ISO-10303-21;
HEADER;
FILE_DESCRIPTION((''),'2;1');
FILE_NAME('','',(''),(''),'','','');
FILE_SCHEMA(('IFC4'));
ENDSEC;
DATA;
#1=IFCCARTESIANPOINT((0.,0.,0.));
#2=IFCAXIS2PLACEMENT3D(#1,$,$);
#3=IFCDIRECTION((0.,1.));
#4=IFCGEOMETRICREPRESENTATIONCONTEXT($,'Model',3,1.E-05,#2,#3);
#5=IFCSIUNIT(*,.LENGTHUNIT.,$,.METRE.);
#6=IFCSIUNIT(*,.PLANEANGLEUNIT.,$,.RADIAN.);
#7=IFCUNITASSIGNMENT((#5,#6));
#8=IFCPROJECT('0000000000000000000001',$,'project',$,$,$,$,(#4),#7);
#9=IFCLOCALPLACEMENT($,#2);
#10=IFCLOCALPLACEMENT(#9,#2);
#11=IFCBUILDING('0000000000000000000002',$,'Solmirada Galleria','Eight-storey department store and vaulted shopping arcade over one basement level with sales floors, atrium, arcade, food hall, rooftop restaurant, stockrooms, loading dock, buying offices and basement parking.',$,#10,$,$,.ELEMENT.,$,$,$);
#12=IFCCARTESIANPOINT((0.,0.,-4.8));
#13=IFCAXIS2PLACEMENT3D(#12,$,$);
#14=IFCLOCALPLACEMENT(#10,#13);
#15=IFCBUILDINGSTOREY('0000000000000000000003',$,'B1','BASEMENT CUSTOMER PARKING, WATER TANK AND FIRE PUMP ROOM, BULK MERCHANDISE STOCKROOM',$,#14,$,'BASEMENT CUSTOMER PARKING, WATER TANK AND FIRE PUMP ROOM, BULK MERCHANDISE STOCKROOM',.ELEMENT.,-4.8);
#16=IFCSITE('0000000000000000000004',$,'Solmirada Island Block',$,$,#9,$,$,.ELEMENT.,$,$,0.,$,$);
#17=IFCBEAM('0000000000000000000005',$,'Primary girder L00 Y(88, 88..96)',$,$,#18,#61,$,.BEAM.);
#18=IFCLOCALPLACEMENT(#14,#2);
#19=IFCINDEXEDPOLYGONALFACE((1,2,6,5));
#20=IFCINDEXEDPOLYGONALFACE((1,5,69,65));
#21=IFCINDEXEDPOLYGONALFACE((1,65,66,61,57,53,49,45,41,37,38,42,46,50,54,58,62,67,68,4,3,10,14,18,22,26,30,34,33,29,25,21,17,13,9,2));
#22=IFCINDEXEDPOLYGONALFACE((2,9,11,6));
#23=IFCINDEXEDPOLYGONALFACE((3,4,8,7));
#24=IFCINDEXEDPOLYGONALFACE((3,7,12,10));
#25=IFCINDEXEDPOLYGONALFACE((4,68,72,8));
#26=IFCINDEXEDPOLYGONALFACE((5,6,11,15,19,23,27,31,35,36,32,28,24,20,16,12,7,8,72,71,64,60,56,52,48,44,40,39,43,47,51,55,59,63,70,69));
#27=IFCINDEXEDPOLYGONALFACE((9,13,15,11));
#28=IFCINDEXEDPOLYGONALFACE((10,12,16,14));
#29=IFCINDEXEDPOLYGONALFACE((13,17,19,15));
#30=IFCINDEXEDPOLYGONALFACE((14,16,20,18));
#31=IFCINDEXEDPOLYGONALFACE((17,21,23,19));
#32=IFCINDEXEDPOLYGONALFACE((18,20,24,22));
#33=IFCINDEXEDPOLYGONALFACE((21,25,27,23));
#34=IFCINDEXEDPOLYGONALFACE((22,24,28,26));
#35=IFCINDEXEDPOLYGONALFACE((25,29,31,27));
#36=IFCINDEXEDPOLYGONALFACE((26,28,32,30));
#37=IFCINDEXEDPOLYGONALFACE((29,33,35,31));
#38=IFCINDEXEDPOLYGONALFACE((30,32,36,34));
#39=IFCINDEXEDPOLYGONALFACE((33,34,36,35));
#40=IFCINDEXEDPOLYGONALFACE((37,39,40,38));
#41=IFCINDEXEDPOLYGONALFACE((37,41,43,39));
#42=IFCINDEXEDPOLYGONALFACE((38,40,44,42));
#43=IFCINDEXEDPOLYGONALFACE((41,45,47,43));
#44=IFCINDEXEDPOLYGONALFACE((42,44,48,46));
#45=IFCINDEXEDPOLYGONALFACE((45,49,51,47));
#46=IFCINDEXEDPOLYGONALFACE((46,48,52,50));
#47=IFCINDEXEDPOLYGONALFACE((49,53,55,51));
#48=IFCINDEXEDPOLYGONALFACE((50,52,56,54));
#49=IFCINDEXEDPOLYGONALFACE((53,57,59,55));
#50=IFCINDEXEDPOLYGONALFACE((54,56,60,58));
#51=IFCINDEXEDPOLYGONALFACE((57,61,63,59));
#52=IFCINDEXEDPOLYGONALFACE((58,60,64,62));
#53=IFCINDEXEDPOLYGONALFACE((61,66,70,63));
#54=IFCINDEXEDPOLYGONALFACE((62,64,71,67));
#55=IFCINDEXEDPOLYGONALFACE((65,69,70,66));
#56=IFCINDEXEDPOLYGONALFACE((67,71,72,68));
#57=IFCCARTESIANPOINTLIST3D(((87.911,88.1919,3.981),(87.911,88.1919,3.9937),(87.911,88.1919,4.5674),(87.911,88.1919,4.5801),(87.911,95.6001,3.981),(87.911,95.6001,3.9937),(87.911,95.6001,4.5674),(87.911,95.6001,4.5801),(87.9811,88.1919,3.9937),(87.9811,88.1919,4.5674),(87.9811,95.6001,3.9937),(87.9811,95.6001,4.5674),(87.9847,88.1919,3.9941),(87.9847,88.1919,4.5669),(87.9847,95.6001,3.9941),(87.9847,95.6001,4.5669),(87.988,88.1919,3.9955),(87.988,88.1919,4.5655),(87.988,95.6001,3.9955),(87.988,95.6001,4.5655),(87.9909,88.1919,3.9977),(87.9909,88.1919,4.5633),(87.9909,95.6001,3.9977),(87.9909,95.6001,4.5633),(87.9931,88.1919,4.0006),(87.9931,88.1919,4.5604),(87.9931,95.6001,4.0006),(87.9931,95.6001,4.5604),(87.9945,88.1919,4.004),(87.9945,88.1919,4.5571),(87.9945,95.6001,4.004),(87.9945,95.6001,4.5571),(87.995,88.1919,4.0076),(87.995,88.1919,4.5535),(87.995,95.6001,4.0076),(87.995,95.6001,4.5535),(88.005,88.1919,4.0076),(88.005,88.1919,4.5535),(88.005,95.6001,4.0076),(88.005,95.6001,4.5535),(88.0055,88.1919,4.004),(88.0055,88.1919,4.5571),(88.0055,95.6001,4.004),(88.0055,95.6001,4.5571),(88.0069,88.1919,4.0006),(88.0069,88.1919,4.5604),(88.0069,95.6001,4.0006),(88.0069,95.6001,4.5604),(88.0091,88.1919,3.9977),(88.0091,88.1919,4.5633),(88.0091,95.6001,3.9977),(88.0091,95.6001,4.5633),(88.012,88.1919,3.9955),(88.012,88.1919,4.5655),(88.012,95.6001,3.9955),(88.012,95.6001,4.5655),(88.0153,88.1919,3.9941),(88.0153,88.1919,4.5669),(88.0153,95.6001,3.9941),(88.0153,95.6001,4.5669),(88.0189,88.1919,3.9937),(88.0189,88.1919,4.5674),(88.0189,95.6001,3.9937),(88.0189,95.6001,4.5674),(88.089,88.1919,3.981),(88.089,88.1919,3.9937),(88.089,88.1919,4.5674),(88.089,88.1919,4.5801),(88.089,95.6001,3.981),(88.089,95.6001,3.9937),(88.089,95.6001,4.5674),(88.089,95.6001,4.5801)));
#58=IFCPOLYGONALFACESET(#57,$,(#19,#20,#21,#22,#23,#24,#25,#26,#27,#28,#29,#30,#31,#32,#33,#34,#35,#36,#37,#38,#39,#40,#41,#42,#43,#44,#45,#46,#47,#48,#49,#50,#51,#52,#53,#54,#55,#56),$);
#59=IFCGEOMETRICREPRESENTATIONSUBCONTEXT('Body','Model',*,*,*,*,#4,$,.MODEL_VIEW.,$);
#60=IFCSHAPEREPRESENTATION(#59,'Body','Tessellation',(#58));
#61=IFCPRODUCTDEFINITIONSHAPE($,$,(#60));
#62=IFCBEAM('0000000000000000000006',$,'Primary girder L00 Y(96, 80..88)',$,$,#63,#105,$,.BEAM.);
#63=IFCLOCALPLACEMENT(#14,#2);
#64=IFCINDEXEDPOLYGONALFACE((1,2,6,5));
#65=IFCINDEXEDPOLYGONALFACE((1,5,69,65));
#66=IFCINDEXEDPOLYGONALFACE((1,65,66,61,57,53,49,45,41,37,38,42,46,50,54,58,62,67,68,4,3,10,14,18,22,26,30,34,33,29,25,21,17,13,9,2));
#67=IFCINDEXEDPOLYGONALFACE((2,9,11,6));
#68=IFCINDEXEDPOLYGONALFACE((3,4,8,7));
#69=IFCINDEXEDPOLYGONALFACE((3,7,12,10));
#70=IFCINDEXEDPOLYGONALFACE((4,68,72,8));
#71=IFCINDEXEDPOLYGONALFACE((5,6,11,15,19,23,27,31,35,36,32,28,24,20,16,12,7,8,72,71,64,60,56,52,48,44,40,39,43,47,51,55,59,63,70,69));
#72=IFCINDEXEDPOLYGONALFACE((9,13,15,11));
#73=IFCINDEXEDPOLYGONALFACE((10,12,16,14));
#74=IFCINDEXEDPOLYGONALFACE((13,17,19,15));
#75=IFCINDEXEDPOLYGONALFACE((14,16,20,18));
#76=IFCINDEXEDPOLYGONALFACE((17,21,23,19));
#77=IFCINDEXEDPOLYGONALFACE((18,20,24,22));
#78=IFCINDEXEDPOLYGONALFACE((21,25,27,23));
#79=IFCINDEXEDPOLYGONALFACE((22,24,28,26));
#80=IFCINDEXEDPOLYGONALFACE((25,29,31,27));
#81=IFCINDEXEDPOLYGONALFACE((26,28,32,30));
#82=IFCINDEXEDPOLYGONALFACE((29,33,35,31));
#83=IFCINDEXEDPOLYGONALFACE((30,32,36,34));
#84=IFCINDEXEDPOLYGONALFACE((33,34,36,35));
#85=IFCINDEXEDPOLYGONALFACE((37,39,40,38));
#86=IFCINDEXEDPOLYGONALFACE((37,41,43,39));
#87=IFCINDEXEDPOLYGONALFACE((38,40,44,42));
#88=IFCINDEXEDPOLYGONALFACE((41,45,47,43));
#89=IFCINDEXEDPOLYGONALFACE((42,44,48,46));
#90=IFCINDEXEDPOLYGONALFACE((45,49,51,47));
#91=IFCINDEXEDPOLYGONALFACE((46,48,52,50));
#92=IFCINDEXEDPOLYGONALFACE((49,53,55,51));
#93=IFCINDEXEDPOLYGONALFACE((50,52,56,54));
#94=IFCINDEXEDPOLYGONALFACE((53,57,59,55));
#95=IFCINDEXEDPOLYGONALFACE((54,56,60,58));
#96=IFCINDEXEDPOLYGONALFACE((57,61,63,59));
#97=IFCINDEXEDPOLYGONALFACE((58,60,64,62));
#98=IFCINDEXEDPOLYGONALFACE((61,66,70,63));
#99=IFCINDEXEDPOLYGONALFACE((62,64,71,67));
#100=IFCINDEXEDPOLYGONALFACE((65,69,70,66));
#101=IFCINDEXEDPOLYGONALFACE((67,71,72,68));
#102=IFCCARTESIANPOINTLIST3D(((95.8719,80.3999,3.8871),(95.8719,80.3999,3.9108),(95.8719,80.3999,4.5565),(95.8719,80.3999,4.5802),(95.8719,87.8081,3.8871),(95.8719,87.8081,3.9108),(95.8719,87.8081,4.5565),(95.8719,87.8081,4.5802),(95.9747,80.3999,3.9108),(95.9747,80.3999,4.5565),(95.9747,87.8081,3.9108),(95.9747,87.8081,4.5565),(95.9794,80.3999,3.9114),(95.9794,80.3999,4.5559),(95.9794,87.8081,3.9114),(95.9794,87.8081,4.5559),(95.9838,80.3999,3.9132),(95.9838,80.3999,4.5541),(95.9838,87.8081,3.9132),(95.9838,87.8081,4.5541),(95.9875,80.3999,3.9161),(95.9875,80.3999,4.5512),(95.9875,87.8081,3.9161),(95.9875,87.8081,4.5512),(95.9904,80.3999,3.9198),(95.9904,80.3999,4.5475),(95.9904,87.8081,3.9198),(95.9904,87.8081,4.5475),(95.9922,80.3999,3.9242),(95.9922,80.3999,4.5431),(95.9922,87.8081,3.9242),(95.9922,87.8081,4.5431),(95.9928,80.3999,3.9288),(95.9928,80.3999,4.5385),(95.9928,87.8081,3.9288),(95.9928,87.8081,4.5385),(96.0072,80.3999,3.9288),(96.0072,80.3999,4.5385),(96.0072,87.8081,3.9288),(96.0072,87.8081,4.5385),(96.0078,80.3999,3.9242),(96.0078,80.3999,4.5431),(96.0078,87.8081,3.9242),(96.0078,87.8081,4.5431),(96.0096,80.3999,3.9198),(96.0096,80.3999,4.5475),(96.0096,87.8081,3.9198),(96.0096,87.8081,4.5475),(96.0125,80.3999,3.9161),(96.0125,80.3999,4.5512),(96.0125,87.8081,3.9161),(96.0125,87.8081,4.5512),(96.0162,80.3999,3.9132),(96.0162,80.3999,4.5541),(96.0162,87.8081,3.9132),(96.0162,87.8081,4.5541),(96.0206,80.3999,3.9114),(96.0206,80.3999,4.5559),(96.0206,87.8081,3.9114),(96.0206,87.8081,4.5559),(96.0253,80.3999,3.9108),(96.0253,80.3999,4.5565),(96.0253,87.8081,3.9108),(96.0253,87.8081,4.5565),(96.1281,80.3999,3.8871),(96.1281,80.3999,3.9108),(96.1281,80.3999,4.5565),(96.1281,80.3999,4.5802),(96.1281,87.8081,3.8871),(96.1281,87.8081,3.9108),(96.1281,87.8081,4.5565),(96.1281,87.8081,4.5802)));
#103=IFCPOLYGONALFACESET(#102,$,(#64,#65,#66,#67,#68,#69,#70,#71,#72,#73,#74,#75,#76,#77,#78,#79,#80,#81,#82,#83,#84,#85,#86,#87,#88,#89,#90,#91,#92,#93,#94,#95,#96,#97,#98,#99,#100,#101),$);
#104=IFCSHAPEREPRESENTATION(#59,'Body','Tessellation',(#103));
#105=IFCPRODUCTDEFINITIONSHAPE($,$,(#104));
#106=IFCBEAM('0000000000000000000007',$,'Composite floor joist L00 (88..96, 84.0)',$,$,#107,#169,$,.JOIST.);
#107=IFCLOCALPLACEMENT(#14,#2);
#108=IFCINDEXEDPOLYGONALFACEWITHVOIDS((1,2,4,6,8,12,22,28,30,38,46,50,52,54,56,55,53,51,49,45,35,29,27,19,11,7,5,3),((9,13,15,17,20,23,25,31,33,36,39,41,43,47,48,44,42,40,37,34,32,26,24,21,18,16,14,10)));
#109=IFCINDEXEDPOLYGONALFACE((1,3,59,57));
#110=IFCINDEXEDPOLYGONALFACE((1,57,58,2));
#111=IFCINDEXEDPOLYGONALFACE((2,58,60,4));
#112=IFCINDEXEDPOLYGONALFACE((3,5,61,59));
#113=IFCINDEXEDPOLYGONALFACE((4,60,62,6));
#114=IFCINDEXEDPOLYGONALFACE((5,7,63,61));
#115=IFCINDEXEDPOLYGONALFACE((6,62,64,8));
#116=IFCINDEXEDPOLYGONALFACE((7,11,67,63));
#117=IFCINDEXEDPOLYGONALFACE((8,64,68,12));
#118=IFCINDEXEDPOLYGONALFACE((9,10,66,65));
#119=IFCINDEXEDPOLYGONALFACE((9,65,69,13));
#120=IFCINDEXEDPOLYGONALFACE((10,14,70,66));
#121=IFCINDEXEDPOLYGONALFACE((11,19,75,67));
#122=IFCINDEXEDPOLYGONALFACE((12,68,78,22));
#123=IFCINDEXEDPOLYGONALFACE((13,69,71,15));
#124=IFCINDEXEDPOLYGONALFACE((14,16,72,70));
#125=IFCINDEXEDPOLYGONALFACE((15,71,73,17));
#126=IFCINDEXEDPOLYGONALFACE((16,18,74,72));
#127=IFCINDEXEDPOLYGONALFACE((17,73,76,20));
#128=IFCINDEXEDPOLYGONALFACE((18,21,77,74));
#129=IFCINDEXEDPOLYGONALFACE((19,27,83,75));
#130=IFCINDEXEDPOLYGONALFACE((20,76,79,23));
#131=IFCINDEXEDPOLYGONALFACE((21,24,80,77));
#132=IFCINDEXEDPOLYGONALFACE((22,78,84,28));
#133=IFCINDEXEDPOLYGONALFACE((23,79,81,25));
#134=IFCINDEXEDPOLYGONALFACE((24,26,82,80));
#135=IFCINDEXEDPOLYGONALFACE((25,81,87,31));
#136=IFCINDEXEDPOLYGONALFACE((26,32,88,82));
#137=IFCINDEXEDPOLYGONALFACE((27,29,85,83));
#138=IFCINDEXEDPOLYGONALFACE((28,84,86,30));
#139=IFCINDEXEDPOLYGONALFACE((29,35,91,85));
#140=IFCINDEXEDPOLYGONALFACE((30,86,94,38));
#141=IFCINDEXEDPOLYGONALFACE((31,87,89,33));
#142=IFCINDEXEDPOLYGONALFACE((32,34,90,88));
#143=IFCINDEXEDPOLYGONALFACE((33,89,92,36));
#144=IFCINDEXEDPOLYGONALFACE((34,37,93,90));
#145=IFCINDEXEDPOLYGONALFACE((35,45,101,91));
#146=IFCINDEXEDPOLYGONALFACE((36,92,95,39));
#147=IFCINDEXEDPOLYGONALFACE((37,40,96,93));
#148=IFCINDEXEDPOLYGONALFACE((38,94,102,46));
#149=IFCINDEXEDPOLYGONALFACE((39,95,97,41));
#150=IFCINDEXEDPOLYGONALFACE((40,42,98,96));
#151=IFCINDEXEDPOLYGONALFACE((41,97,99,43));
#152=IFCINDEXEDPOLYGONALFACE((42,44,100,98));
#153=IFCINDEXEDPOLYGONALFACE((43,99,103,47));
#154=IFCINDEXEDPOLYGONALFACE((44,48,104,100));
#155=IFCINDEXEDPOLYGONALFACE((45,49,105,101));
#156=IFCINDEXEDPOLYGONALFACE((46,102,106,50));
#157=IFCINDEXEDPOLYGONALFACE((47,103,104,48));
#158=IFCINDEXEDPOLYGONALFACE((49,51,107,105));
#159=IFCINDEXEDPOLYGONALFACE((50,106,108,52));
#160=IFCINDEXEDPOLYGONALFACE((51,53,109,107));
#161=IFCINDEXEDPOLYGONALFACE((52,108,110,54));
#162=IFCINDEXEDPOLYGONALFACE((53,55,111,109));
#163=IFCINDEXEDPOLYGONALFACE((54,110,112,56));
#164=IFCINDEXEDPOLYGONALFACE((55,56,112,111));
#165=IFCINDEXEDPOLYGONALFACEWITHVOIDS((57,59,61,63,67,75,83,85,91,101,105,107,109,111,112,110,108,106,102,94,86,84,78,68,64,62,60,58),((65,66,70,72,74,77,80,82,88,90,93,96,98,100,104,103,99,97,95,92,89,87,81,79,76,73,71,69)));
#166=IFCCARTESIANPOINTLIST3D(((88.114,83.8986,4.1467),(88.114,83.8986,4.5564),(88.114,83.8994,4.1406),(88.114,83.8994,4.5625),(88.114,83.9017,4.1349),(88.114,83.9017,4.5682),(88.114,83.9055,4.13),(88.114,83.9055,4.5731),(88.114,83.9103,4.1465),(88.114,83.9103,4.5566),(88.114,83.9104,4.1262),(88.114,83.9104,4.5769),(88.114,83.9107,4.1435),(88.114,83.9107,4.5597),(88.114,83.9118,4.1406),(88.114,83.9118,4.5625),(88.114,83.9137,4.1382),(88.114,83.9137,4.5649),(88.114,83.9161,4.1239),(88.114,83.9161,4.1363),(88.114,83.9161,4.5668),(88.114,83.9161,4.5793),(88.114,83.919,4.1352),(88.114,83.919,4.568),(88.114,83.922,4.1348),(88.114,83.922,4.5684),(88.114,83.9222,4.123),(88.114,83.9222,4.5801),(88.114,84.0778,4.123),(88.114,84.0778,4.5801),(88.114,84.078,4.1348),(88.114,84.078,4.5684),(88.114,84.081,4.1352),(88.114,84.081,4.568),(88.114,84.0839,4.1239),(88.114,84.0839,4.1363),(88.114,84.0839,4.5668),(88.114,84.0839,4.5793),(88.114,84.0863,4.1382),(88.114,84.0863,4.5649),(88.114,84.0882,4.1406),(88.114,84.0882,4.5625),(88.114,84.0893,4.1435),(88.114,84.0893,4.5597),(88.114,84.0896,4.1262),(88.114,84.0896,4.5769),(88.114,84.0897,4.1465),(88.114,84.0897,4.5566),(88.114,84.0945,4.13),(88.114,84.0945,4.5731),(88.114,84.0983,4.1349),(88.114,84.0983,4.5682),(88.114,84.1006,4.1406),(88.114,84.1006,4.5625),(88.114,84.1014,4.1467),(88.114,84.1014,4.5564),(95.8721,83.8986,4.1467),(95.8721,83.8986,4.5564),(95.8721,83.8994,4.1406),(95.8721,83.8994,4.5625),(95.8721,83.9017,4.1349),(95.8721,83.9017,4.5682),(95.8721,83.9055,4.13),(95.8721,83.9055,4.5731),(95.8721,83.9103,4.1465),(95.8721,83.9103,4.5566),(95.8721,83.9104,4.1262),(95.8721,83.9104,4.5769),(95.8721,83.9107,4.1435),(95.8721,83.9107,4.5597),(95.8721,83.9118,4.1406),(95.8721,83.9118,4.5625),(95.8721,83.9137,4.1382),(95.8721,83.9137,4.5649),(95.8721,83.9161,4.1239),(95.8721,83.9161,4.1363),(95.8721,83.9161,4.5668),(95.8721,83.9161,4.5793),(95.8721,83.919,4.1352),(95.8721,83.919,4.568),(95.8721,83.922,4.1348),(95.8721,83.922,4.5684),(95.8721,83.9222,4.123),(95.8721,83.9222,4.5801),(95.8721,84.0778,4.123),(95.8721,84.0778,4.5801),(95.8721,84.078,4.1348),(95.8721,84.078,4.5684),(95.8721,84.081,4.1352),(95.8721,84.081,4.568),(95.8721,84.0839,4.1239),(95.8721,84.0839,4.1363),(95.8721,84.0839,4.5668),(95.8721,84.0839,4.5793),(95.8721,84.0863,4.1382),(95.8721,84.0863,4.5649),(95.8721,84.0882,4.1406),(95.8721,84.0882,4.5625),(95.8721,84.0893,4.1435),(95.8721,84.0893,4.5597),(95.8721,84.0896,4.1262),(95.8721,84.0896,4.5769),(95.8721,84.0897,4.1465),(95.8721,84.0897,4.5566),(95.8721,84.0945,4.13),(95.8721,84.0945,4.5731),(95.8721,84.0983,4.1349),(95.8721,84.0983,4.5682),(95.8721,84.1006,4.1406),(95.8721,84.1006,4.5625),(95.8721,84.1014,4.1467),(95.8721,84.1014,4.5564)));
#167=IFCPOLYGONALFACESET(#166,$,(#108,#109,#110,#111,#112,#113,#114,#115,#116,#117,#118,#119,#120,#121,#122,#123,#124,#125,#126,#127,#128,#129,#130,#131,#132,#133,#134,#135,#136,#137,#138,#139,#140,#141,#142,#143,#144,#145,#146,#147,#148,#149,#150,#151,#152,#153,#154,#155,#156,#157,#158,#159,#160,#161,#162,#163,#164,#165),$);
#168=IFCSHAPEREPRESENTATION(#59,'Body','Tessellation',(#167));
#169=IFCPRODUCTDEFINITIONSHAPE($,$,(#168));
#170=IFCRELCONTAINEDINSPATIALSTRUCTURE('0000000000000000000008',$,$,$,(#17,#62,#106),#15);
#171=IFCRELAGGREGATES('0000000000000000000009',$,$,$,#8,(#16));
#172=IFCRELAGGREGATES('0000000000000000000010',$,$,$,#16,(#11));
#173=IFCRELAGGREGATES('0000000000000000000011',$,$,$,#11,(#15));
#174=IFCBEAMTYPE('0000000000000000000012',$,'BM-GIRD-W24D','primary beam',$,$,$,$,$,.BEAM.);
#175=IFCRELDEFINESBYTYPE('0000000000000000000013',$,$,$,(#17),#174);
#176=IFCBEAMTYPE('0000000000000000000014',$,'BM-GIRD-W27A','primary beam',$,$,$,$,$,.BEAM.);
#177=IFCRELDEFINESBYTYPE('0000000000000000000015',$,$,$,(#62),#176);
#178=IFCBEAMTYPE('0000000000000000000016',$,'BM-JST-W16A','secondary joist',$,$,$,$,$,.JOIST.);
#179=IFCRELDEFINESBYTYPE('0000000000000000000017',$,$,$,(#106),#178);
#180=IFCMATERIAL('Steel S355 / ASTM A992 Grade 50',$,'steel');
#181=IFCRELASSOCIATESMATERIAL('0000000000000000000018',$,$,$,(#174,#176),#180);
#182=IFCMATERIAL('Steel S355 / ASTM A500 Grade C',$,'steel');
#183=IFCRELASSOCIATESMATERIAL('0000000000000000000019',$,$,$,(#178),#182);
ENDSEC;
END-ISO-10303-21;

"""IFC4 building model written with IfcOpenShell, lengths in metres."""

from ifc_helpers import new_model, si_unit, direction, frame, origin, origin_2d, place, context, subcontext, project, spatial, hollow_rectangle, i_section, extrude, material, material_profile, profile_set, type_object, element, save


model = new_model("IFC4")

# Units and contexts
model_context = context("Model", 3, precision=1e-05, world=origin(), true_north=direction((0.0, 1.0)))
body_context = subcontext(model_context, "Body", "Model", "MODEL_VIEW")
ifc_project = project(units=[si_unit("LENGTHUNIT", "METRE"), si_unit("PLANEANGLEUNIT", "RADIAN")], contexts=[model_context])

# Site, building, storey
site_placement = place(None, origin())
site = spatial("IfcSite", under=ifc_project, at=site_placement, Name="Solmirada Island Block", CompositionType="ELEMENT", RefElevation=0.0)
building_placement = place(site_placement, origin())
building = spatial("IfcBuilding", under=site, at=building_placement, Name="Solmirada Galleria", Description="Eight-storey department store and vaulted shopping arcade over one basement level with sales floors, atrium, arcade, food hall, rooftop restaurant, stockrooms, loading dock, buying offices and basement parking.", CompositionType="ELEMENT")
storey_placement = place(building_placement, frame((0.0, 0.0, -4.8)))
storey = spatial("IfcBuildingStorey", under=building, at=storey_placement, Name="B1", Description="BASEMENT CUSTOMER PARKING, WATER TANK AND FIRE PUMP ROOM, BULK MERCHANDISE STOCKROOM", LongName="BASEMENT CUSTOMER PARKING, WATER TANK AND FIRE PUMP ROOM, BULK MERCHANDISE STOCKROOM", CompositionType="ELEMENT", Elevation=-4.8)

# Shared definitions
ifc_material_1 = material(Name="Steel S355 / ASTM A500 Grade C", Category="steel")

# Beams
ifc_material_2 = material(Name="Steel S355 / ASTM A992 Grade 50", Category="steel")
ifc_material_profile_1 = material_profile(ifc_material_2, i_section(OverallWidth=0.178, OverallDepth=0.5991, WebThickness=0.01, FlangeThickness=0.0127, FilletRadius=0.0139, at=origin_2d()), Name="W24X55")
ifc_profile_set_1 = profile_set([ifc_material_profile_1], Name="Steel S355 / ASTM A992 Grade 50")
beam_type_1 = type_object("IfcBeamType", Name="BM-GIRD-W24D", Description="primary beam", PredefinedType="BEAM", material=ifc_profile_set_1)
beam_1_placement = place(storey_placement, frame((88.0, 88.1919, 4.2805), z_axis=(0.0, 1.0, 0.0), x_axis=(-1.0, 0.0, 0.0)))
element("IfcBeam", 1, at=beam_1_placement, inside=storey, type_object=beam_type_1, Name="Primary girder L00 Y(88, 88..96)", PredefinedType="BEAM", context=body_context, shape_type="SweptSolid", body=[
    extrude(i_section(OverallWidth=0.178, OverallDepth=0.5991, WebThickness=0.01, FlangeThickness=0.0127, FilletRadius=0.0139, at=origin_2d()), origin(), (0.0, 0.0, 1.0), 7.4082),
])
ifc_material_profile_2 = material_profile(ifc_material_2, i_section(OverallWidth=0.2561, OverallDepth=0.6931, WebThickness=0.0144, FlangeThickness=0.0237, FilletRadius=0.0181, at=origin_2d()), Name="W27X114")
ifc_profile_set_2 = profile_set([ifc_material_profile_2], Name="Steel S355 / ASTM A992 Grade 50")
beam_type_2 = type_object("IfcBeamType", Name="BM-GIRD-W27A", Description="primary beam", PredefinedType="BEAM", material=ifc_profile_set_2)
beam_2_placement = place(storey_placement, frame((96.0, 80.3999, 4.2336), z_axis=(0.0, 1.0, 0.0), x_axis=(-1.0, 0.0, 0.0)))
element("IfcBeam", 2, at=beam_2_placement, inside=storey, type_object=beam_type_2, Name="Primary girder L00 Y(96, 80..88)", PredefinedType="BEAM", context=body_context, shape_type="SweptSolid", body=[
    extrude(i_section(OverallWidth=0.2561, OverallDepth=0.6931, WebThickness=0.0144, FlangeThickness=0.0237, FilletRadius=0.0181, at=origin_2d()), origin(), (0.0, 0.0, 1.0), 7.4082),
])
ifc_material_profile_3 = material_profile(ifc_material_1, hollow_rectangle(XDim=0.2029, YDim=0.457, WallThickness=0.0117, InnerFilletRadius=0.0117, OuterFilletRadius=0.0237, at=origin_2d()), Name="HSS18X8X1/2")
ifc_profile_set_3 = profile_set([ifc_material_profile_3], Name="Steel S355 / ASTM A500 Grade C")
beam_type_3 = type_object("IfcBeamType", Name="BM-JST-W16A", Description="secondary joist", PredefinedType="JOIST", material=ifc_profile_set_3)
beam_3_placement = place(storey_placement, frame((88.114, 84.0, 4.3516), z_axis=(1.0, 0.0, 0.0), x_axis=(0.0, 1.0, 0.0)))
element("IfcBeam", 3, at=beam_3_placement, inside=storey, type_object=beam_type_3, Name="Composite floor joist L00 (88..96, 84.0)", PredefinedType="JOIST", context=body_context, shape_type="SweptSolid", body=[
    extrude(hollow_rectangle(XDim=0.2029, YDim=0.457, WallThickness=0.0117, InnerFilletRadius=0.0117, OuterFilletRadius=0.0237, at=origin_2d()), origin(), (0.0, 0.0, 1.0), 7.7581),
])

save(model, "model.ifc")
